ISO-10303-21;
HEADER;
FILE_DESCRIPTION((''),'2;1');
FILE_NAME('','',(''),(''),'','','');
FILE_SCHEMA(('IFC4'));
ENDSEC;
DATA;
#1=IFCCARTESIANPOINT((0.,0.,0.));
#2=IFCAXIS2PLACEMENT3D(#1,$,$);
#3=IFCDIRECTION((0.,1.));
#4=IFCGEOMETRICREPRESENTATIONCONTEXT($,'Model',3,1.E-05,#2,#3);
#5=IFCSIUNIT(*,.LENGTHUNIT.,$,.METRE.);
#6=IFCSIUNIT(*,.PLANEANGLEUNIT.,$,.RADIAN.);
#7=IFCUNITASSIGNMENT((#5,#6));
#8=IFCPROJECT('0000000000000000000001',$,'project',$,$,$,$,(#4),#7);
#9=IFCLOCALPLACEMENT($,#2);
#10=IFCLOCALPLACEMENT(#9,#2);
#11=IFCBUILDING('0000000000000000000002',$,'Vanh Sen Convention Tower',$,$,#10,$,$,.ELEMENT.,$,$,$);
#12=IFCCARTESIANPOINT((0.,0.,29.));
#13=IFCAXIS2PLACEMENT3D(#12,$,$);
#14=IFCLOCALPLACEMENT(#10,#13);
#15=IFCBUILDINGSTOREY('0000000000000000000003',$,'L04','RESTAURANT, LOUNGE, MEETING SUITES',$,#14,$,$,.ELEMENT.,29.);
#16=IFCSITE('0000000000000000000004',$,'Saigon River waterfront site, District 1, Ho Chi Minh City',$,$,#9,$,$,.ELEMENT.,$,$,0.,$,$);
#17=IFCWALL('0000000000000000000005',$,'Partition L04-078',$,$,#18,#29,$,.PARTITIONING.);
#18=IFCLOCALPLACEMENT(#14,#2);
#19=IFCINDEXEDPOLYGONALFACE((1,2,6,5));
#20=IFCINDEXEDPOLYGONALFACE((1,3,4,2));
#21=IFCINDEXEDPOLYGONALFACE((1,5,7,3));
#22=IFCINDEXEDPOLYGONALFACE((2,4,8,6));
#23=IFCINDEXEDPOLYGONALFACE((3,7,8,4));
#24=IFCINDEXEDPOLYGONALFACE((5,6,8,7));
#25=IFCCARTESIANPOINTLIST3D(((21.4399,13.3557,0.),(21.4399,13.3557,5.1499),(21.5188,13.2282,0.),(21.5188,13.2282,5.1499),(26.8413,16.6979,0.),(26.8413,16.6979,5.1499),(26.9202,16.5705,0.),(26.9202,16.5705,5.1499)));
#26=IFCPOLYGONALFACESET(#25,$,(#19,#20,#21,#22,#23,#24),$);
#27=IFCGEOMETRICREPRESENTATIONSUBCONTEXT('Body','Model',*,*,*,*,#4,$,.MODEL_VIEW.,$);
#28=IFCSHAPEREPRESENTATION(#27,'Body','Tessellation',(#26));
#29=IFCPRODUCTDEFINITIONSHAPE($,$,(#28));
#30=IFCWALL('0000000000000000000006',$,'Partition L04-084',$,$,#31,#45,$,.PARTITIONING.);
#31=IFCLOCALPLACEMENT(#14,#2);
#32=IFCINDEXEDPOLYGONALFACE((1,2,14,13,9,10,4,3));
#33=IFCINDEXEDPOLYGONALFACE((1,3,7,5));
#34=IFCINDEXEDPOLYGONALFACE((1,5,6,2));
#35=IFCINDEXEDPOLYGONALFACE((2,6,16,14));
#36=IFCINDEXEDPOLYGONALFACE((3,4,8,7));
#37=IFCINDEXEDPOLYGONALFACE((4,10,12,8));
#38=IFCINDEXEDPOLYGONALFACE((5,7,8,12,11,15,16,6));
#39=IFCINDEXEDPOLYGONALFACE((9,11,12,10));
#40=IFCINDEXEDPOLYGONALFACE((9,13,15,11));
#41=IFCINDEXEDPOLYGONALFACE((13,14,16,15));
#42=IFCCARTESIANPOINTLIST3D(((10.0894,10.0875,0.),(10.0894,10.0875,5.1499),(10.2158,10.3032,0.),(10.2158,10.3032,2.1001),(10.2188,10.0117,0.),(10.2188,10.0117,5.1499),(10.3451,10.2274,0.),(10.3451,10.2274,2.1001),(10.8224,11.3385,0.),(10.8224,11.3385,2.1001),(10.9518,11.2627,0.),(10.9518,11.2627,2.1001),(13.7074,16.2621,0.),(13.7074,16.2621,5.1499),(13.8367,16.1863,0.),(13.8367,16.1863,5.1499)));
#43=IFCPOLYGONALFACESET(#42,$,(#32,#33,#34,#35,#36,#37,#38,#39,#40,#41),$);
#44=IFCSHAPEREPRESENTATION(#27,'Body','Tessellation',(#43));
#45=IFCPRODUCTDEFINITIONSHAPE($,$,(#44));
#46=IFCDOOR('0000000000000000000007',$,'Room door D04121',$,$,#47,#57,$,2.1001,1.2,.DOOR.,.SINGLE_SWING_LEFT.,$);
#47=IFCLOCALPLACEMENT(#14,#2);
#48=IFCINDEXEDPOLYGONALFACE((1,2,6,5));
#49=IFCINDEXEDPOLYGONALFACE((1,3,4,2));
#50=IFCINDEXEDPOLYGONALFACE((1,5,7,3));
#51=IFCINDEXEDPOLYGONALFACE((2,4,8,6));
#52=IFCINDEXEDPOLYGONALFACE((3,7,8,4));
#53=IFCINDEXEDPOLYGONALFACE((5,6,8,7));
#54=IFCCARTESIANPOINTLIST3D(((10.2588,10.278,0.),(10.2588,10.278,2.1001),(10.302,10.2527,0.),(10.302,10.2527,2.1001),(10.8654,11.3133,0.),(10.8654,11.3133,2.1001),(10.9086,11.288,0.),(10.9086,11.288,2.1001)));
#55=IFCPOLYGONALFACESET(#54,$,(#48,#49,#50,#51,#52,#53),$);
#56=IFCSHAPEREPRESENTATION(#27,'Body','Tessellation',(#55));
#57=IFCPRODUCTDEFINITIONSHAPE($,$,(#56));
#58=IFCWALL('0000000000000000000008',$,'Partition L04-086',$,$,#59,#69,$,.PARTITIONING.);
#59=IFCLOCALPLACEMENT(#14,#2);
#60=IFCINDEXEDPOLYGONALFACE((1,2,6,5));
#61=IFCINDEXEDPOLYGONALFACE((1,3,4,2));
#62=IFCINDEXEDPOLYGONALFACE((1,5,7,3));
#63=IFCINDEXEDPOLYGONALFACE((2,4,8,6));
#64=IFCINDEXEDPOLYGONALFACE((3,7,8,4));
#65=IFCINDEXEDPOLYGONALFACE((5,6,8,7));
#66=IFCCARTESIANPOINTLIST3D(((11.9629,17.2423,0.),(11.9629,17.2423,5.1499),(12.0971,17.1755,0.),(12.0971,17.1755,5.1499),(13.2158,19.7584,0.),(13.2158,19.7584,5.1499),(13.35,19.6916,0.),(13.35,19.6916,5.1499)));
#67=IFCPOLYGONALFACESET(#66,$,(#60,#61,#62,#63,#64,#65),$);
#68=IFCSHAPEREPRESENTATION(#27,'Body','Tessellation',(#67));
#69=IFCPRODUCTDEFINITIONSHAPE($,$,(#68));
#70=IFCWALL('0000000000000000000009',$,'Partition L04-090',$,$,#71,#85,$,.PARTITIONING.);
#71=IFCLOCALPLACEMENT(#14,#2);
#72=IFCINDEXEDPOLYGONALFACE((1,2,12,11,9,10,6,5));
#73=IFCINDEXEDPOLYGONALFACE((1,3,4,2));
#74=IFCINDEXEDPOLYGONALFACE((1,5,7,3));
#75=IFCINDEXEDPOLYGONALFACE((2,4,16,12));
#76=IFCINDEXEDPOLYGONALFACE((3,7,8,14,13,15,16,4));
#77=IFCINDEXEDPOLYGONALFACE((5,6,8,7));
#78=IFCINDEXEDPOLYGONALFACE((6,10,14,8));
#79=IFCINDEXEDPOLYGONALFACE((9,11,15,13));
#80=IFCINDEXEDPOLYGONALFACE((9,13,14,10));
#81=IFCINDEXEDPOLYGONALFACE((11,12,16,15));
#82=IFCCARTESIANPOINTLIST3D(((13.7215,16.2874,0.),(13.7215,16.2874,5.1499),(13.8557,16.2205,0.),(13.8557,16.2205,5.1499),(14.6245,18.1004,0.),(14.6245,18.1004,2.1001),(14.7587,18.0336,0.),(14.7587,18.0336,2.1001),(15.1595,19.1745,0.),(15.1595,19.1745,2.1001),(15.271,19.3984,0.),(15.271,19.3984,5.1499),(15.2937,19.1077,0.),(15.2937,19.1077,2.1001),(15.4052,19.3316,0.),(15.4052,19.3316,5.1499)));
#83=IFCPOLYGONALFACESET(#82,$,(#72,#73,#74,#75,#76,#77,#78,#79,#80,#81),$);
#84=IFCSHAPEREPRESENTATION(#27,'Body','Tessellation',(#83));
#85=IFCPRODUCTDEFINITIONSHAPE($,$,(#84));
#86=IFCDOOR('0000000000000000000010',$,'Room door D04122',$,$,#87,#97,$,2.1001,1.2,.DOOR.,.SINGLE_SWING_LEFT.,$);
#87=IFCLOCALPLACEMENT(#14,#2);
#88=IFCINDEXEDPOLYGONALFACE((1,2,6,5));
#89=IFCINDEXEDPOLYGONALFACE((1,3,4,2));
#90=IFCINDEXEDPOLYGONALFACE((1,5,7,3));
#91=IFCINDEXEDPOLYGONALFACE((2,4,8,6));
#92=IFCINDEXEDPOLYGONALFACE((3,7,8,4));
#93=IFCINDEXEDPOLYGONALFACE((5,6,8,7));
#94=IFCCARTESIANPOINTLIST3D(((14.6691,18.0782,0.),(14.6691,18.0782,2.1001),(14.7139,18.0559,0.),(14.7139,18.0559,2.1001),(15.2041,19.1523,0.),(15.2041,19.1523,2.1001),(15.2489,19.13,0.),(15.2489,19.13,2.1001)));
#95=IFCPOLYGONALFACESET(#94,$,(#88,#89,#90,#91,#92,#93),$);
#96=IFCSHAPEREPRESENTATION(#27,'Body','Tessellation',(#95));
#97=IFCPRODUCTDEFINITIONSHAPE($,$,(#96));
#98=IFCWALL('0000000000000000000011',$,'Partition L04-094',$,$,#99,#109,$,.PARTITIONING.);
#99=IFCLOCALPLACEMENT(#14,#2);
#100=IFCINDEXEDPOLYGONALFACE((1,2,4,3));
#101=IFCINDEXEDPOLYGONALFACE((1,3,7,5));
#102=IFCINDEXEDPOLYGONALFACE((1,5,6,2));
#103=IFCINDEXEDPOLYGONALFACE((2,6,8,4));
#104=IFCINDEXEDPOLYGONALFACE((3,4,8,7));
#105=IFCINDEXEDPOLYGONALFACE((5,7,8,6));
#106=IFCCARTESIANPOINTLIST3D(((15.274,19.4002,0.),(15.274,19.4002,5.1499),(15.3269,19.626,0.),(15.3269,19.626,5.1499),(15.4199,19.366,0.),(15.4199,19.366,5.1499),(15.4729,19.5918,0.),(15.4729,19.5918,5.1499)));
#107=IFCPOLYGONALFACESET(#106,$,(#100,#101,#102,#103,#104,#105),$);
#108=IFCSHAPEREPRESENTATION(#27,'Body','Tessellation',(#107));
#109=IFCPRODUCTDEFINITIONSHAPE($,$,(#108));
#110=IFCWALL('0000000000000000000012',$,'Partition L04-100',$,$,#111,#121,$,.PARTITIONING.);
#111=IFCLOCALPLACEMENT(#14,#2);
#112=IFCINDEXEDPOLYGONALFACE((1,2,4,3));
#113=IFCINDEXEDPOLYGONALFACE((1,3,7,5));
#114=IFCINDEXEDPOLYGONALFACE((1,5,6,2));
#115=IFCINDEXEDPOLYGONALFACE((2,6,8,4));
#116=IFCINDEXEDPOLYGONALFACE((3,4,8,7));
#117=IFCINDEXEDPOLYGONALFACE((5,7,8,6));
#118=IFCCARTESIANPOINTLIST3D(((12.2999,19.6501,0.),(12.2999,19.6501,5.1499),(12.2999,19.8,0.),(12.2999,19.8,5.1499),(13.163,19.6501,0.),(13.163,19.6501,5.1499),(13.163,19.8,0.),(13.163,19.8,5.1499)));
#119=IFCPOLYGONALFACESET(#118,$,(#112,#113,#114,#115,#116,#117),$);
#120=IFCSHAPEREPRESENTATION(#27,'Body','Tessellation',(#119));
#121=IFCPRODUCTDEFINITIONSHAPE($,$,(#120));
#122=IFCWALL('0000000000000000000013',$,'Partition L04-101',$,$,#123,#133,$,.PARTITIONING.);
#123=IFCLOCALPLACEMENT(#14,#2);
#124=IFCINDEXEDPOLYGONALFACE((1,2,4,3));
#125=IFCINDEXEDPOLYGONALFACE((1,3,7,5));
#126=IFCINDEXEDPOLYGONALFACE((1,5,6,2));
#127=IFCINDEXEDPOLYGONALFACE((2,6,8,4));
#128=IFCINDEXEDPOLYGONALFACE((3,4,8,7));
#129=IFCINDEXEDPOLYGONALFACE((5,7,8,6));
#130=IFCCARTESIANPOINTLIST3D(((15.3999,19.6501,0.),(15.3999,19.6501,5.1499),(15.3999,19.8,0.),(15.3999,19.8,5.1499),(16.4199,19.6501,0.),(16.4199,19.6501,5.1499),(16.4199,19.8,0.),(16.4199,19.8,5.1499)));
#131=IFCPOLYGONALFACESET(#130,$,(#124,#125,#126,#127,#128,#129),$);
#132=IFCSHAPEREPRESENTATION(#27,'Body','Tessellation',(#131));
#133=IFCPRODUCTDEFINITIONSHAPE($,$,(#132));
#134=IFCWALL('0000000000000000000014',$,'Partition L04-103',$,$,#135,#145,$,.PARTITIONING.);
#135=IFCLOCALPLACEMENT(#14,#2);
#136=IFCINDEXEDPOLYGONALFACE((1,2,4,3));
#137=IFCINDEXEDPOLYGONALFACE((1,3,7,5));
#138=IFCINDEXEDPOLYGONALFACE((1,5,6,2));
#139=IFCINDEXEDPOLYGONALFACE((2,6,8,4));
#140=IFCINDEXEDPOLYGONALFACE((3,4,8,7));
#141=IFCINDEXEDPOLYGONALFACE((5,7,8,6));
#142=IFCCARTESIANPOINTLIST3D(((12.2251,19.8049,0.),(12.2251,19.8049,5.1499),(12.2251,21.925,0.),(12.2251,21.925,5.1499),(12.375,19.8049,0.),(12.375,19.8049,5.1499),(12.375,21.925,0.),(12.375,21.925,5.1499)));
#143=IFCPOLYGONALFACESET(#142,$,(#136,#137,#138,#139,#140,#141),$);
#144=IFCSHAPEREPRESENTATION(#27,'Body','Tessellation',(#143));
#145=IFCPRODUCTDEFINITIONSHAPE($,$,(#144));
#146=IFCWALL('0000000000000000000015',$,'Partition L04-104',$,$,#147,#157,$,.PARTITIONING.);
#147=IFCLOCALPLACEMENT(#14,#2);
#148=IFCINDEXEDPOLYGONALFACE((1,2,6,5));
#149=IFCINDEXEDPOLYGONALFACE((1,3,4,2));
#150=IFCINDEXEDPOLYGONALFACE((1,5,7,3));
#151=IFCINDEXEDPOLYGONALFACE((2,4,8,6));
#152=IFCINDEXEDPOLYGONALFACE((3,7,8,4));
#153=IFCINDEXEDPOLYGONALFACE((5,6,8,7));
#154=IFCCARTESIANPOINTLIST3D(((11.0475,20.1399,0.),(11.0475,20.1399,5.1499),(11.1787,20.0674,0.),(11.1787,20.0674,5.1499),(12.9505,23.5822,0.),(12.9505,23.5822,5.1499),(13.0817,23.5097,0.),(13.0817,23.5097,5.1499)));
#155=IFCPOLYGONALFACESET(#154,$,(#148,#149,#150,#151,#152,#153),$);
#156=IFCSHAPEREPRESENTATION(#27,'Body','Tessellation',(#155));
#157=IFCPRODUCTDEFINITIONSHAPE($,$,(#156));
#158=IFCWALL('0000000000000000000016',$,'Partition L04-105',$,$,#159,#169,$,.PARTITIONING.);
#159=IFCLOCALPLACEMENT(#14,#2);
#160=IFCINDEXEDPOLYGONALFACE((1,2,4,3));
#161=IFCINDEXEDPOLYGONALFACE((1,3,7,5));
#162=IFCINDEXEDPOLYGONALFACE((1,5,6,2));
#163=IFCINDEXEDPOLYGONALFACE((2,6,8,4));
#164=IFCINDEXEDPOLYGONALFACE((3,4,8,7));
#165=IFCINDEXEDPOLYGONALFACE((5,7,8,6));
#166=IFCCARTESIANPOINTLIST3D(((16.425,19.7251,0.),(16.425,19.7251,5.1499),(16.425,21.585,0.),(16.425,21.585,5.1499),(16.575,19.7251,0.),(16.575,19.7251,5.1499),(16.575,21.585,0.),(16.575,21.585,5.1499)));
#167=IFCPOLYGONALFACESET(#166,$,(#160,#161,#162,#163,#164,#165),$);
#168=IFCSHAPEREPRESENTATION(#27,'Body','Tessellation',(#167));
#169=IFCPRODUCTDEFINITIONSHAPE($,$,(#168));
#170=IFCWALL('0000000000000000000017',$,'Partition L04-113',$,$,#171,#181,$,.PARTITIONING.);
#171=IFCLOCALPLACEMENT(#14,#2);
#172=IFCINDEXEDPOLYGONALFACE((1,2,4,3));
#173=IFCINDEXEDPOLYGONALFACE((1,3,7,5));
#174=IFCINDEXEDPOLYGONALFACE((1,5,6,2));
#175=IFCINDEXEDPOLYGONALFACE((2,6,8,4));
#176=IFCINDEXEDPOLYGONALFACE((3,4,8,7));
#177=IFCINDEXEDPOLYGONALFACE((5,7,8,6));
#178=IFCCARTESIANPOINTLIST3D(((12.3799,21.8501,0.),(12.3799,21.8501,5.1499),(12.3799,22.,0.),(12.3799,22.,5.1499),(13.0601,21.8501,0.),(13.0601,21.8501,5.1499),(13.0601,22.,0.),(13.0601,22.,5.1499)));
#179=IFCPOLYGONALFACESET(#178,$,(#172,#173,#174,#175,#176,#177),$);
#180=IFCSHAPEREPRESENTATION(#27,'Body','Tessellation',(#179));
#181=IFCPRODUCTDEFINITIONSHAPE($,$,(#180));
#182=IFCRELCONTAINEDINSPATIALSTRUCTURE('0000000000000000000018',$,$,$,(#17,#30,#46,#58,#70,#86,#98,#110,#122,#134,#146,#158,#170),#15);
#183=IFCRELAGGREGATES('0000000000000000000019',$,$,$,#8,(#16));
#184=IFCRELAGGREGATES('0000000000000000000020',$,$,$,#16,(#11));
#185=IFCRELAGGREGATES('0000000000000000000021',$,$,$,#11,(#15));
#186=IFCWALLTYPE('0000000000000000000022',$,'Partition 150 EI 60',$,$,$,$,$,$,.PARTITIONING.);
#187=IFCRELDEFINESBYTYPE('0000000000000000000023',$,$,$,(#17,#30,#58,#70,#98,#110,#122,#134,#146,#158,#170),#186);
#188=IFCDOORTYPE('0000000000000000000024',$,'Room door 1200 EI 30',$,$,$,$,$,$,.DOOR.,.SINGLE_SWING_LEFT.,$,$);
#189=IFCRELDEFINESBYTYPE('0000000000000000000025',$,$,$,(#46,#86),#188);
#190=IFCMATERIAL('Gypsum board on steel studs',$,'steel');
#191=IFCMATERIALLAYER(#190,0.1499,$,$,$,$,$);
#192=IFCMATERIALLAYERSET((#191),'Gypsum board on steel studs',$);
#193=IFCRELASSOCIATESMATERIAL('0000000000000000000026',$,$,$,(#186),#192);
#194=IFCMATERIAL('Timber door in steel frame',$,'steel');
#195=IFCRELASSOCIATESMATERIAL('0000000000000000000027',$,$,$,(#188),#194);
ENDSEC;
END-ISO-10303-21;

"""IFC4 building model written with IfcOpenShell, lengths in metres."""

from ifc_helpers import new_model, si_unit, direction, frame, frame_2d, origin, place, context, subcontext, project, spatial, rectangle, extrude, material, layer, layer_set, type_object, element, fill, save


model = new_model("IFC4")

# Units and contexts
model_context = context("Model", 3, precision=1e-05, world=origin(), true_north=direction((0.0, 1.0)))
body_context = subcontext(model_context, "Body", "Model", "MODEL_VIEW")
ifc_project = project(units=[si_unit("LENGTHUNIT", "METRE"), si_unit("PLANEANGLEUNIT", "RADIAN")], contexts=[model_context])

# Site, building, storey
site_placement = place(None, origin())
site = spatial("IfcSite", under=ifc_project, at=site_placement, Name="Saigon River waterfront site, District 1, Ho Chi Minh City", CompositionType="ELEMENT", RefElevation=0.0)
building_placement = place(site_placement, origin())
building = spatial("IfcBuilding", under=site, at=building_placement, Name="Vanh Sen Convention Tower", CompositionType="ELEMENT")
storey_placement = place(building_placement, frame((0.0, 0.0, 29.0)))
storey = spatial("IfcBuildingStorey", under=building, at=storey_placement, Name="L04", Description="RESTAURANT, LOUNGE, MEETING SUITES", CompositionType="ELEMENT", Elevation=29.0)

# Wall
ifc_material_1 = material(Name="Gypsum board on steel studs", Category="steel")
ifc_layer_1 = layer(ifc_material_1, 0.1499)
ifc_layer_set_1 = layer_set([ifc_layer_1], Name="Gypsum board on steel studs")
wall_type_1 = type_object("IfcWallType", Name="Partition 150 EI 60", PredefinedType="PARTITIONING", material=ifc_layer_set_1)
wall_1_placement = place(storey_placement, frame((21.4795, 13.292, 0.0), z_axis=(0.0, 0.0, 1.0), x_axis=(0.850365, 0.526193, 0.0)))
element("IfcWall", 1, at=wall_1_placement, inside=storey, type_object=wall_type_1, Name="Partition L04-078", PredefinedType="PARTITIONING", context=body_context, shape_type="SweptSolid", body=[
    extrude(rectangle(XDim=6.3518, YDim=0.1499, at=frame_2d((3.1758, 0.0))), origin(), (0.0, 0.0, 1.0), 5.1499),
])

# Wall, opening, door
wall_2_placement = place(storey_placement, frame((13.772, 16.2241, 0.0), z_axis=(0.0, 0.0, 1.0), x_axis=(-0.505548, -0.862799, 0.0)))
wall_2 = element("IfcWall", 2, at=wall_2_placement, inside=storey, type_object=wall_type_1, Name="Partition L04-084", PredefinedType="PARTITIONING", context=body_context, shape_type="SweptSolid", body=[
    extrude(rectangle(XDim=7.1565, YDim=0.1499, at=frame_2d((3.5781, 0.0))), origin(), (0.0, 0.0, 1.0), 5.1499),
])
opening_1_placement = place(wall_2_placement, frame((5.7063, 0.0, 0.0)))
opening_1 = element("IfcOpeningElement", 3, at=opening_1_placement, cuts=wall_2, PredefinedType="OPENING", context=body_context, shape_type="SweptSolid", body=[
    extrude(rectangle(XDim=1.2, YDim=2.1001, at=frame_2d((0.6001, 1.05))), frame((0.0, 0.085, 0.0), z_axis=(0.0, -1.0, 0.0), x_axis=(1.0, 0.0, 0.0)), (0.0, 0.0, 1.0), 0.1699),
])
ifc_material_2 = material(Name="Timber door in steel frame", Category="steel")
door_type_1 = type_object("IfcDoorType", Name="Room door 1200 EI 30", OperationType="SINGLE_SWING_LEFT", PredefinedType="DOOR", material=ifc_material_2)
door_1_placement = place(opening_1_placement, origin())
door_1 = element("IfcDoor", 4, at=door_1_placement, inside=storey, type_object=door_type_1, Name="Room door D04121", OperationType="SINGLE_SWING_LEFT", OverallHeight=2.1001, OverallWidth=1.2, PredefinedType="DOOR", context=body_context, shape_type="SweptSolid", body=[
    extrude(rectangle(XDim=1.2, YDim=2.1001, at=frame_2d((0.6001, 1.05))), frame((0.0, 0.0249, 0.0), z_axis=(0.0, -1.0, 0.0), x_axis=(1.0, 0.0, 0.0)), (0.0, 0.0, 1.0), 0.05),
])
fill(opening_1, door_1)

# Wall
wall_3_placement = place(storey_placement, frame((12.03, 17.209, 0.0), z_axis=(0.0, 0.0, 1.0), x_axis=(0.445754, 0.895156, 0.0)))
element("IfcWall", 5, at=wall_3_placement, inside=storey, type_object=wall_type_1, Name="Partition L04-086", PredefinedType="PARTITIONING", context=body_context, shape_type="SweptSolid", body=[
    extrude(rectangle(XDim=2.8108, YDim=0.1499, at=frame_2d((1.4053, 0.0))), origin(), (0.0, 0.0, 1.0), 5.1499),
])

# Wall, opening, door
wall_4_placement = place(storey_placement, frame((15.3381, 19.365, 0.0), z_axis=(0.0, 0.0, 1.0), x_axis=(-0.445836, -0.895115, 0.0)))
wall_4 = element("IfcWall", 6, at=wall_4_placement, inside=storey, type_object=wall_type_1, Name="Partition L04-090", PredefinedType="PARTITIONING", context=body_context, shape_type="SweptSolid", body=[
    extrude(rectangle(XDim=3.4756, YDim=0.1499, at=frame_2d((1.7378, 0.0))), origin(), (0.0, 0.0, 1.0), 5.1499),
])
opening_2_placement = place(wall_4_placement, frame((0.25, 0.0, 0.0)))
opening_2 = element("IfcOpeningElement", 7, at=opening_2_placement, cuts=wall_4, PredefinedType="OPENING", context=body_context, shape_type="SweptSolid", body=[
    extrude(rectangle(XDim=1.2, YDim=2.1001, at=frame_2d((0.6001, 1.05))), frame((0.0, 0.085, 0.0), z_axis=(0.0, -1.0, 0.0), x_axis=(1.0, 0.0, 0.0)), (0.0, 0.0, 1.0), 0.1699),
])
door_2_placement = place(opening_2_placement, origin())
door_2 = element("IfcDoor", 8, at=door_2_placement, inside=storey, type_object=door_type_1, Name="Room door D04122", OperationType="SINGLE_SWING_LEFT", OverallHeight=2.1001, OverallWidth=1.2, PredefinedType="DOOR", context=body_context, shape_type="SweptSolid", body=[
    extrude(rectangle(XDim=1.2, YDim=2.1001, at=frame_2d((0.6001, 1.05))), frame((0.0, 0.0249, 0.0), z_axis=(0.0, -1.0, 0.0), x_axis=(1.0, 0.0, 0.0)), (0.0, 0.0, 1.0), 0.05),
])
fill(opening_2, door_2)

# Walls
wall_5_placement = place(storey_placement, frame((15.3999, 19.6089, 0.0), z_axis=(0.0, 0.0, 1.0), x_axis=(-0.228394, -0.973569, 0.0)))
element("IfcWall", 9, at=wall_5_placement, inside=storey, type_object=wall_type_1, Name="Partition L04-094", PredefinedType="PARTITIONING", context=body_context, shape_type="SweptSolid", body=[
    extrude(rectangle(XDim=0.2319, YDim=0.1499, at=frame_2d((0.116, 0.0))), origin(), (0.0, 0.0, 1.0), 5.1499),
])
wall_6_placement = place(storey_placement, frame((13.1631, 19.7251, 0.0), z_axis=(0.0, 0.0, 1.0), x_axis=(-1.0, 0.0, 0.0)))
element("IfcWall", 10, at=wall_6_placement, inside=storey, type_object=wall_type_1, Name="Partition L04-100", PredefinedType="PARTITIONING", context=body_context, shape_type="SweptSolid", body=[
    extrude(rectangle(XDim=0.863, YDim=0.1499, at=frame_2d((0.4316, 0.0))), origin(), (0.0, 0.0, 1.0), 5.1499),
])
wall_7_placement = place(storey_placement, frame((16.4199, 19.7251, 0.0), z_axis=(0.0, 0.0, 1.0), x_axis=(-1.0, 0.0, 0.0)))
element("IfcWall", 11, at=wall_7_placement, inside=storey, type_object=wall_type_1, Name="Partition L04-101", PredefinedType="PARTITIONING", context=body_context, shape_type="SweptSolid", body=[
    extrude(rectangle(XDim=1.02, YDim=0.1499, at=frame_2d((0.51, 0.0))), origin(), (0.0, 0.0, 1.0), 5.1499),
])
wall_8_placement = place(storey_placement, frame((12.3, 19.8049, 0.0), z_axis=(0.0, 0.0, 1.0), x_axis=(0.0, 1.0, 0.0)))
element("IfcWall", 12, at=wall_8_placement, inside=storey, type_object=wall_type_1, Name="Partition L04-103", PredefinedType="PARTITIONING", context=body_context, shape_type="SweptSolid", body=[
    extrude(rectangle(XDim=2.1201, YDim=0.1499, at=frame_2d((1.0601, 0.0))), origin(), (0.0, 0.0, 1.0), 5.1499),
])
wall_9_placement = place(storey_placement, frame((11.113, 20.1035, 0.0), z_axis=(0.0, 0.0, 1.0), x_axis=(0.483824, 0.875165, 0.0)))
element("IfcWall", 13, at=wall_9_placement, inside=storey, type_object=wall_type_1, Name="Partition L04-104", PredefinedType="PARTITIONING", context=body_context, shape_type="SweptSolid", body=[
    extrude(rectangle(XDim=3.9333, YDim=0.1499, at=frame_2d((1.9668, 0.0))), origin(), (0.0, 0.0, 1.0), 5.1499),
])
wall_10_placement = place(storey_placement, frame((16.5, 21.585, 0.0), z_axis=(0.0, 0.0, 1.0), x_axis=(0.0, -1.0, 0.0)))
element("IfcWall", 14, at=wall_10_placement, inside=storey, type_object=wall_type_1, Name="Partition L04-105", PredefinedType="PARTITIONING", context=body_context, shape_type="SweptSolid", body=[
    extrude(rectangle(XDim=1.8599, YDim=0.1499, at=frame_2d((0.9299, 0.0))), origin(), (0.0, 0.0, 1.0), 5.1499),
])
wall_11_placement = place(storey_placement, frame((12.3799, 21.925, 0.0), z_axis=(0.0, 0.0, 1.0), x_axis=(1.0, 0.0, 0.0)))
element("IfcWall", 15, at=wall_11_placement, inside=storey, type_object=wall_type_1, Name="Partition L04-113", PredefinedType="PARTITIONING", context=body_context, shape_type="SweptSolid", body=[
    extrude(rectangle(XDim=0.6802, YDim=0.1499, at=frame_2d((0.3401, 0.0))), origin(), (0.0, 0.0, 1.0), 5.1499),
])

save(model, "model.ifc")
